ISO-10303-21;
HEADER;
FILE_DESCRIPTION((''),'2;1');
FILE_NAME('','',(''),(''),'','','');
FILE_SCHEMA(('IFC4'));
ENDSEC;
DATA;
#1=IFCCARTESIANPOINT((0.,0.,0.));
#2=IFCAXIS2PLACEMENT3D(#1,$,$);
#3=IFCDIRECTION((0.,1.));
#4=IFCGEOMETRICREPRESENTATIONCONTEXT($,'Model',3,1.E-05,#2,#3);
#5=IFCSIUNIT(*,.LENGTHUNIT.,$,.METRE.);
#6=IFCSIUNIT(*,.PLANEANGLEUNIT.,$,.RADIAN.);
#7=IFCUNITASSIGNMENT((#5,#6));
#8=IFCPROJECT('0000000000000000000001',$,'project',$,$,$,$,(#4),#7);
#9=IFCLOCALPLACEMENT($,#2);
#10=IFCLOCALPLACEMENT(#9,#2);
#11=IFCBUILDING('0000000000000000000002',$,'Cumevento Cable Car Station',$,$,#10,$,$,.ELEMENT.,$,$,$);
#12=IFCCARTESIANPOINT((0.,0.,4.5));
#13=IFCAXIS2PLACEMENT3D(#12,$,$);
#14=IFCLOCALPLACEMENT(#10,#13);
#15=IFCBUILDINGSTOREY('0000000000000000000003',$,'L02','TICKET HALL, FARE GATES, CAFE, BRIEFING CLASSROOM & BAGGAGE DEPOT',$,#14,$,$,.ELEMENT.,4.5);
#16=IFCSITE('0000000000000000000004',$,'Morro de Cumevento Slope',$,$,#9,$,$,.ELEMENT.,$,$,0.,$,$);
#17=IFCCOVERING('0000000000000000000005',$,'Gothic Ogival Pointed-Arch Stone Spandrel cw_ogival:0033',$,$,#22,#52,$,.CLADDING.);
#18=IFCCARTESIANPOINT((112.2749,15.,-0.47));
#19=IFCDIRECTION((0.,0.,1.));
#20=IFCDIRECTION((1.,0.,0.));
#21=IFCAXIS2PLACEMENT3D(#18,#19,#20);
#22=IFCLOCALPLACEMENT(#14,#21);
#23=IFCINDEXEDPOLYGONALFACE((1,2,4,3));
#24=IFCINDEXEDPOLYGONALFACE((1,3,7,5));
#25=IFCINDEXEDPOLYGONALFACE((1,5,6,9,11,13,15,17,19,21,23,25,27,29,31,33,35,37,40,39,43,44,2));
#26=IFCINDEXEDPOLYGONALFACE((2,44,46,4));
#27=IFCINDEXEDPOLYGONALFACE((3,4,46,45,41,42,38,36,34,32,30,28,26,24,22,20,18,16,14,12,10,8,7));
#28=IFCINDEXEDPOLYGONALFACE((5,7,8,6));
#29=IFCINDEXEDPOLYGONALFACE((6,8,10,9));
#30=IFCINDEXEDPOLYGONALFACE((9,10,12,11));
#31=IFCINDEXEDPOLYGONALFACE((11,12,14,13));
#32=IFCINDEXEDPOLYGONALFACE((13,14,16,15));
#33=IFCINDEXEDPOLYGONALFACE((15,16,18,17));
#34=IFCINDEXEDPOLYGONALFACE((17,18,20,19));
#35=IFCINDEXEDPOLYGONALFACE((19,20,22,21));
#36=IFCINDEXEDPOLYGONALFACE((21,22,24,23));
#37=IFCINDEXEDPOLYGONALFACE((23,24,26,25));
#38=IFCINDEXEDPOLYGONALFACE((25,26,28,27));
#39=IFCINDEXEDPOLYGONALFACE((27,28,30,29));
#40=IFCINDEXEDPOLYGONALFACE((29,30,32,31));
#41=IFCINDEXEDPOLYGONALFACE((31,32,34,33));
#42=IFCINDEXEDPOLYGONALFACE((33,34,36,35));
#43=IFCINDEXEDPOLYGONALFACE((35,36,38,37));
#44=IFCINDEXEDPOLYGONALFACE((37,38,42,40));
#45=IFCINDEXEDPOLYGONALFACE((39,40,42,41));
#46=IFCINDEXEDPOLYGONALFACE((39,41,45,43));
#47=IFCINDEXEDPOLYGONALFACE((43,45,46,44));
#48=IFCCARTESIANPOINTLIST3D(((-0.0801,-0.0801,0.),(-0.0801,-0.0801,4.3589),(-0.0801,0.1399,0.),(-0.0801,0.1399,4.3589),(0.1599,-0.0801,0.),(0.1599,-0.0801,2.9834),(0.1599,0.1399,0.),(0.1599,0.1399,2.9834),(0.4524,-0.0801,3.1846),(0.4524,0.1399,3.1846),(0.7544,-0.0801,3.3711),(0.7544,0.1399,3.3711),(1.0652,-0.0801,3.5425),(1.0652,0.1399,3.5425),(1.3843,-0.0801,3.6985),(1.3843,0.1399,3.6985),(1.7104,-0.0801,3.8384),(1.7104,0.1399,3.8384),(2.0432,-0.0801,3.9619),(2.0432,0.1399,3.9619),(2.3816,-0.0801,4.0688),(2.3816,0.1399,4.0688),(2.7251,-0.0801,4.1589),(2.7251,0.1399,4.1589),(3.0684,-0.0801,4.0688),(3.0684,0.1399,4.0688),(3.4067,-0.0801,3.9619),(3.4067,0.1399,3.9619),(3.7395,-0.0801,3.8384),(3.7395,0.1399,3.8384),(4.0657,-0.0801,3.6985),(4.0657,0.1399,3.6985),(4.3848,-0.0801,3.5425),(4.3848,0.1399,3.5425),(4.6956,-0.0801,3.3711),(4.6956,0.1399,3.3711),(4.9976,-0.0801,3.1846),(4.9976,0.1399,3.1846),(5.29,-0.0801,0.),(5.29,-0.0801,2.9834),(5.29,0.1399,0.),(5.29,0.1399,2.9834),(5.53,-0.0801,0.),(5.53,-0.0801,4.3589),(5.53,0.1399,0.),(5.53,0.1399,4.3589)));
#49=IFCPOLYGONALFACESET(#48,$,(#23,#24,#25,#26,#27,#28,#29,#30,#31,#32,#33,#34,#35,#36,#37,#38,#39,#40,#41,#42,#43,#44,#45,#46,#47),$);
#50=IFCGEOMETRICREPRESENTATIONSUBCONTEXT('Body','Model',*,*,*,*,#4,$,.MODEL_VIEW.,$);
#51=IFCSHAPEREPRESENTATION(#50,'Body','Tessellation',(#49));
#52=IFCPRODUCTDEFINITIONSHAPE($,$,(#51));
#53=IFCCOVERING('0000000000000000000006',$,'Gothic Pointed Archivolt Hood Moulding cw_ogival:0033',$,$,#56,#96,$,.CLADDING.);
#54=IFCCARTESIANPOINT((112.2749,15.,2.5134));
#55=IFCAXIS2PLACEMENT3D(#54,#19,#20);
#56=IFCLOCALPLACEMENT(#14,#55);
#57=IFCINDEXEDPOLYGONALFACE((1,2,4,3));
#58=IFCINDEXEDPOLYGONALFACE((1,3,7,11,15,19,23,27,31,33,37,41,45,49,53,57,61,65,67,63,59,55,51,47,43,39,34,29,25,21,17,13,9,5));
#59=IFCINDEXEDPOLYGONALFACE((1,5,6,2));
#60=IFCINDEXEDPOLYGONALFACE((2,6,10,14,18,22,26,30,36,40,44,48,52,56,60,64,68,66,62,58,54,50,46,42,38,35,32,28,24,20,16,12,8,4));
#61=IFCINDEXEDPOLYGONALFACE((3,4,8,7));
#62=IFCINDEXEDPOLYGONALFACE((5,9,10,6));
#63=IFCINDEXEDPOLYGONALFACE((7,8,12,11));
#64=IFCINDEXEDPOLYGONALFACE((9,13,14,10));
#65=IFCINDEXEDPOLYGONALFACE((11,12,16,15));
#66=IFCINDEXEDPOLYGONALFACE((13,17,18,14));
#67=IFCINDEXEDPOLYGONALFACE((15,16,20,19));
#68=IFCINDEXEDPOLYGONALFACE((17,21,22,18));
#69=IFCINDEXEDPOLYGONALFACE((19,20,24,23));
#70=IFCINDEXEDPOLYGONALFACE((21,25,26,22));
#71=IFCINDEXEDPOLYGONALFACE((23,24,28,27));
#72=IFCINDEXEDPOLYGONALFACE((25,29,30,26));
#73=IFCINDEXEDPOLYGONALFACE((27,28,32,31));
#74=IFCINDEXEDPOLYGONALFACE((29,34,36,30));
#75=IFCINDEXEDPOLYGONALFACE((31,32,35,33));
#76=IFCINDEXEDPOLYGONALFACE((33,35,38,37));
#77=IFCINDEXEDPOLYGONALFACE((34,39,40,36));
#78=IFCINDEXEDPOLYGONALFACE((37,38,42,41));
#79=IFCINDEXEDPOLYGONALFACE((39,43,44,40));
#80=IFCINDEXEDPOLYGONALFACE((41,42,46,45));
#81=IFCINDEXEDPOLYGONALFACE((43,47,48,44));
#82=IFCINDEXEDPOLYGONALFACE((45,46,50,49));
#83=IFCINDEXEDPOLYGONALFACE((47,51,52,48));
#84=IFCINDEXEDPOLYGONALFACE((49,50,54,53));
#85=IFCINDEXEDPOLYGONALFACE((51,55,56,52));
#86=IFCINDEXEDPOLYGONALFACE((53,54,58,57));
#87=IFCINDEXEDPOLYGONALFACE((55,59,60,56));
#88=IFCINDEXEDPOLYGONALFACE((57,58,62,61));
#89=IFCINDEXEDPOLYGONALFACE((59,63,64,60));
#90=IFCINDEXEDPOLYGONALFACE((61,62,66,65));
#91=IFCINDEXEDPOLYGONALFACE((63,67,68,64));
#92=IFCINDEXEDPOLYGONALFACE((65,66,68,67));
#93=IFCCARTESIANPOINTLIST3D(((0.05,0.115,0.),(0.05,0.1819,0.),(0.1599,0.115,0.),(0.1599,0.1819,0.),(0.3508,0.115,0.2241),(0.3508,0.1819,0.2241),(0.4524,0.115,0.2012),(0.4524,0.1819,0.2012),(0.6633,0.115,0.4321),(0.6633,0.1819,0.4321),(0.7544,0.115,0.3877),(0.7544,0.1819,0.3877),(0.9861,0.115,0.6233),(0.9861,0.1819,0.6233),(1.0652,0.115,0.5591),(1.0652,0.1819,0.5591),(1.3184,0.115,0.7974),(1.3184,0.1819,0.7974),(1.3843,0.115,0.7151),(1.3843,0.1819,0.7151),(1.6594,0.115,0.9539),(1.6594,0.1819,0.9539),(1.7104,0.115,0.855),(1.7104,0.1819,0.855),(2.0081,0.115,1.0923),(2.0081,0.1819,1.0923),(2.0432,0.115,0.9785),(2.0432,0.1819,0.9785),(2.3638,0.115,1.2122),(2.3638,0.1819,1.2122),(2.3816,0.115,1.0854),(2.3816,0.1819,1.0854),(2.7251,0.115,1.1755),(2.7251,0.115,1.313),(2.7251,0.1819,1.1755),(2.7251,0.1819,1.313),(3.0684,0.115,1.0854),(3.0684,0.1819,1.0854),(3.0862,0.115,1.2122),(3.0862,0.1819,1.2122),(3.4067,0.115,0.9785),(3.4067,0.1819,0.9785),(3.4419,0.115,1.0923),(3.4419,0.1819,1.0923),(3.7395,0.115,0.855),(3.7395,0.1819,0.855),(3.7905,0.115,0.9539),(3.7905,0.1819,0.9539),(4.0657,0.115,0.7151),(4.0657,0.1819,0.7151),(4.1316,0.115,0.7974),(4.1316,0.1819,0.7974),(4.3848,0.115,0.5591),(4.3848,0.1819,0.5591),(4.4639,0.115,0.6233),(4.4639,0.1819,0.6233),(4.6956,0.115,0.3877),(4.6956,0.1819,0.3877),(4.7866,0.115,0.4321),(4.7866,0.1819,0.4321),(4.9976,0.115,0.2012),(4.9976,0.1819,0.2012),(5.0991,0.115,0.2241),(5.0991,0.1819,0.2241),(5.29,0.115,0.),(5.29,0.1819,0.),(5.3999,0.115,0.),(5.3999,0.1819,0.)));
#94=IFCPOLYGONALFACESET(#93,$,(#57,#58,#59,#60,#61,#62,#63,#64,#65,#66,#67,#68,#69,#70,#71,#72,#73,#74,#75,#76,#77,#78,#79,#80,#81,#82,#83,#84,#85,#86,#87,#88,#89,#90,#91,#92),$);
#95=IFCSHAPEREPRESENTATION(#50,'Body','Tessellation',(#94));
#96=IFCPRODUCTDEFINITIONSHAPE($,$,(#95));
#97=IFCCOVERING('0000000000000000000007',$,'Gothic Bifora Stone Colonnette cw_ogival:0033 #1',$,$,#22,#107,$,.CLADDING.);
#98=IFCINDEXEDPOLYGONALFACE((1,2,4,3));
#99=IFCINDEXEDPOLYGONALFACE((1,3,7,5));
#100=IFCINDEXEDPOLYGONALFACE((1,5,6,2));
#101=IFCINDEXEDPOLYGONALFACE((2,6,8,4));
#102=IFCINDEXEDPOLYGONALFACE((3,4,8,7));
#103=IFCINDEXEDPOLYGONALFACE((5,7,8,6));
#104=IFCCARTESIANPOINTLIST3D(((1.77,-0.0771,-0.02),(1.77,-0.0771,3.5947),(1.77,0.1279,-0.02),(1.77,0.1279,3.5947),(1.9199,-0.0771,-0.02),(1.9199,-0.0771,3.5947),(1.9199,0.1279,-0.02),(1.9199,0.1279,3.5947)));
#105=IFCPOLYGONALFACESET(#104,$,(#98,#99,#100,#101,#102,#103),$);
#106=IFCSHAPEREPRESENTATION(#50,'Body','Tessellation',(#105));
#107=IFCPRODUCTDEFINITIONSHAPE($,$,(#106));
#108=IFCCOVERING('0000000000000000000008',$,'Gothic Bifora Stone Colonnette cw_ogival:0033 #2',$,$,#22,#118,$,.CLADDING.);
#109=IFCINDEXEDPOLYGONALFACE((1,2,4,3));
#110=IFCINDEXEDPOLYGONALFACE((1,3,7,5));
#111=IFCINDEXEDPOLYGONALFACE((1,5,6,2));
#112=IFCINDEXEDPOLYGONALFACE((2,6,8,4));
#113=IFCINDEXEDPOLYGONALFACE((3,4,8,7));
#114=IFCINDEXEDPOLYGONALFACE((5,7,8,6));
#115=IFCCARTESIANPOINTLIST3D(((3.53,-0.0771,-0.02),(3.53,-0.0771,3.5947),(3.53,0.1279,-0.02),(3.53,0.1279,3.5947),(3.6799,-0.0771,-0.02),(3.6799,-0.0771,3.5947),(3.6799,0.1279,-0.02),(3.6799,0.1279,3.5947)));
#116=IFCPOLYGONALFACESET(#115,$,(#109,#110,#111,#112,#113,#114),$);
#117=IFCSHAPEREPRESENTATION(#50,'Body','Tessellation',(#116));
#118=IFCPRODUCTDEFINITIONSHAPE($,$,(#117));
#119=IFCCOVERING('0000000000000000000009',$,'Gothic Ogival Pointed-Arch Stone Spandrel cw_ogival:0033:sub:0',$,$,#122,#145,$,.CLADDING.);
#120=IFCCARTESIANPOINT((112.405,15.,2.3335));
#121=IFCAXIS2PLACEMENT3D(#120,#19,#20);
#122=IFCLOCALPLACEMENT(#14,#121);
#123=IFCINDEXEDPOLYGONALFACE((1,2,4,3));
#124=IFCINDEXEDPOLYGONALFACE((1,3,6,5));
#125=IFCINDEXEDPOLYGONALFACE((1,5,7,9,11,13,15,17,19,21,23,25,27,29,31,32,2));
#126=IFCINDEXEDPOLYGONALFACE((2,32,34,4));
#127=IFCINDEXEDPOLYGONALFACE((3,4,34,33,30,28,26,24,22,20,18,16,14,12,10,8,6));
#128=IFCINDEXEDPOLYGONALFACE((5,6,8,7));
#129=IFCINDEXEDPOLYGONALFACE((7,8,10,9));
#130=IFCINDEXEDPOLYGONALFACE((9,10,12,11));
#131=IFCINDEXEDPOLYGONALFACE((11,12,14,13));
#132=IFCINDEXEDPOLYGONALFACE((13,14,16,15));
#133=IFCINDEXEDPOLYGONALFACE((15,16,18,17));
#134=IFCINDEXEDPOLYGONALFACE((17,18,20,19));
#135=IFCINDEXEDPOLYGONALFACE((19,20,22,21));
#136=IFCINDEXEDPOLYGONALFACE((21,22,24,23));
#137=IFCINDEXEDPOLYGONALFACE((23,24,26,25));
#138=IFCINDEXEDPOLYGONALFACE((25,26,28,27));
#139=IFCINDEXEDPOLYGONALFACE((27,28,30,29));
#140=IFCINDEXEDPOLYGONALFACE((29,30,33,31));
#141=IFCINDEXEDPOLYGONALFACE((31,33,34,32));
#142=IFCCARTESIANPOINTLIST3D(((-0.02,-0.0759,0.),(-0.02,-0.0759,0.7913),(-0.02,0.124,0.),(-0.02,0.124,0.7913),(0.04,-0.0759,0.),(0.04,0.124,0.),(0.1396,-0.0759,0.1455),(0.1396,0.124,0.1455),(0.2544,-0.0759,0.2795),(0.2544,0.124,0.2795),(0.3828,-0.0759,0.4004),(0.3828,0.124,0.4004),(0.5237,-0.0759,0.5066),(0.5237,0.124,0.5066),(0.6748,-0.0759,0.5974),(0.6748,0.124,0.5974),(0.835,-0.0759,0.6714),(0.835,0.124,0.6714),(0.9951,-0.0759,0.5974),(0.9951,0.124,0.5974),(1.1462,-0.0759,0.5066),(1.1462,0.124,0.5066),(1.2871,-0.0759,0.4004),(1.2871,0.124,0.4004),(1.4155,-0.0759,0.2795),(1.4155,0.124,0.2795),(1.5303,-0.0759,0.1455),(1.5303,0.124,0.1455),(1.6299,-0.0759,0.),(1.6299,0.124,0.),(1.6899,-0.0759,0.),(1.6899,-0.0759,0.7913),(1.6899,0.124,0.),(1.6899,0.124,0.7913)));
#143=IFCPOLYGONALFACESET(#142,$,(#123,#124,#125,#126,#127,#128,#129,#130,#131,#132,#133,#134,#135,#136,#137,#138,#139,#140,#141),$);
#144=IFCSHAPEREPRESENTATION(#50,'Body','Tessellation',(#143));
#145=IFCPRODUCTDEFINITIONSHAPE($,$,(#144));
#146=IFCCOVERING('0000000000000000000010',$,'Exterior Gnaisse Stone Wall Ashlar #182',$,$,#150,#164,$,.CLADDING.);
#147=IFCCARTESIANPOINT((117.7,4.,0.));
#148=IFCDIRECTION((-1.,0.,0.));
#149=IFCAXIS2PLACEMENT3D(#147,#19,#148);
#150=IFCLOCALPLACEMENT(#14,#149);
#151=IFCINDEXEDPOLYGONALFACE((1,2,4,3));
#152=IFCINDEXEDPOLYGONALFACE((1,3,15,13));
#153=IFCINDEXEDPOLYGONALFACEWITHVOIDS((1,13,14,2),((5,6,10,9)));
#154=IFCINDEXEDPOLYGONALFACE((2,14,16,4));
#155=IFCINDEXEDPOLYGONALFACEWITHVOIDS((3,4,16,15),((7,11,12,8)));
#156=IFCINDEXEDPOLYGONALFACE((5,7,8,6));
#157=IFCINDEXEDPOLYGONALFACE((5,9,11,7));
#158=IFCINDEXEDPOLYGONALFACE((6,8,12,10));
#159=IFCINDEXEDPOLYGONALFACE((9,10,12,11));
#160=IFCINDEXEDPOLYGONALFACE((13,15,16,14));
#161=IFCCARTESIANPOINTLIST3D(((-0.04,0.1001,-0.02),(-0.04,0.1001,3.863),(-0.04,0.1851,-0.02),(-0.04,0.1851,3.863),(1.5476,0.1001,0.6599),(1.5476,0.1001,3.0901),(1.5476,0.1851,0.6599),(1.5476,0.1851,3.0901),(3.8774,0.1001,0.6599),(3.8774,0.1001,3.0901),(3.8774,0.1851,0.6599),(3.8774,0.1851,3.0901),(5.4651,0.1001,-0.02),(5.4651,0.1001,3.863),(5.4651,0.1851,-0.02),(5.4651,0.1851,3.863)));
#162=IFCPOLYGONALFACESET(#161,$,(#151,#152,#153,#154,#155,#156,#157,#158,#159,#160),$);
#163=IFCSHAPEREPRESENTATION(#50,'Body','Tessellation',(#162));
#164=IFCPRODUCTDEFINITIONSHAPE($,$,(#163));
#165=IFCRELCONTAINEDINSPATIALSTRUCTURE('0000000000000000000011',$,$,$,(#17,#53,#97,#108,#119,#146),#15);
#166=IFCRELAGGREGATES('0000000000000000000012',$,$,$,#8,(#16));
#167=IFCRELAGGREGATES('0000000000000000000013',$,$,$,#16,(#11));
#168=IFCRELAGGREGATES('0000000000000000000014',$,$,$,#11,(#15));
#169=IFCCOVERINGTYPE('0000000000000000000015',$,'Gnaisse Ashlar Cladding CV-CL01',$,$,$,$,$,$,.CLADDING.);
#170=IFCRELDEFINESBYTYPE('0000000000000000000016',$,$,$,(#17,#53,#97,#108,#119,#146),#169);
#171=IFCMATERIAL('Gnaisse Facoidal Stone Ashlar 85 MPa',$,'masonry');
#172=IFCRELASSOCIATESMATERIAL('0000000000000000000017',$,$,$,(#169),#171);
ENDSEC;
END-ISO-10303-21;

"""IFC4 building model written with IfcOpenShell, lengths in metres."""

from ifc_helpers import new_model, si_unit, direction, frame, origin, place, context, subcontext, project, spatial, polyline, outline, extrude, material, type_object, element, save


model = new_model("IFC4")

# Units and contexts
model_context = context("Model", 3, precision=1e-05, world=origin(), true_north=direction((0.0, 1.0)))
body_context = subcontext(model_context, "Body", "Model", "MODEL_VIEW")
ifc_project = project(units=[si_unit("LENGTHUNIT", "METRE"), si_unit("PLANEANGLEUNIT", "RADIAN")], contexts=[model_context])

# Site, building, storey
site_placement = place(None, origin())
site = spatial("IfcSite", under=ifc_project, at=site_placement, Name="Morro de Cumevento Slope", CompositionType="ELEMENT", RefElevation=0.0)
building_placement = place(site_placement, origin())
building = spatial("IfcBuilding", under=site, at=building_placement, Name="Cumevento Cable Car Station", CompositionType="ELEMENT")
storey_placement = place(building_placement, frame((0.0, 0.0, 4.5)))
storey = spatial("IfcBuildingStorey", under=building, at=storey_placement, Name="L02", Description="TICKET HALL, FARE GATES, CAFE, BRIEFING CLASSROOM & BAGGAGE DEPOT", CompositionType="ELEMENT", Elevation=4.5)

# Coverings
ifc_material_1 = material(Name="Gnaisse Facoidal Stone Ashlar 85 MPa", Category="masonry")
covering_type = type_object("IfcCoveringType", Name="Gnaisse Ashlar Cladding CV-CL01", PredefinedType="CLADDING", material=ifc_material_1)
placement = place(storey_placement, frame((112.2749, 15.0, -0.47), z_axis=(0.0, 0.0, 1.0), x_axis=(1.0, 0.0, 0.0)))
element("IfcCovering", 1, at=placement, inside=storey, type_object=covering_type, Name="Gothic Ogival Pointed-Arch Stone Spandrel cw_ogival:0033", PredefinedType="CLADDING", context=body_context, shape_type="SweptSolid", body=[
    extrude(outline(polyline([(-0.0801, 0.0), (-0.0801, 4.3589), (5.53, 4.3589), (5.53, 0.0), (5.29, 0.0), (5.29, 2.9834), (4.9976, 3.1846), (4.6956, 3.3711), (4.3848, 3.5425), (4.0657, 3.6985), (3.7395, 3.8384), (3.4067, 3.9619), (3.0684, 4.0688), (2.7251, 4.1589), (2.3816, 4.0688), (2.0432, 3.9619), (1.7104, 3.8384), (1.3843, 3.6985), (1.0652, 3.5425), (0.7544, 3.3711), (0.4524, 3.1846), (0.1599, 2.9834), (0.1599, 0.0), (-0.0801, 0.0)])), frame((0.0, 0.1399, 0.0), z_axis=(0.0, -1.0, 0.0), x_axis=(1.0, 0.0, 0.0)), (0.0, 0.0, 1.0), 0.22),
])
covering_1_placement = place(storey_placement, frame((112.2749, 15.0, 2.5134), z_axis=(0.0, 0.0, 1.0), x_axis=(1.0, 0.0, 0.0)))
element("IfcCovering", 2, at=covering_1_placement, inside=storey, type_object=covering_type, Name="Gothic Pointed Archivolt Hood Moulding cw_ogival:0033", PredefinedType="CLADDING", context=body_context, shape_type="SweptSolid", body=[
    extrude(outline(polyline([(0.1599, 0.0), (0.4524, 0.2012), (0.7544, 0.3877), (1.0652, 0.5591), (1.3843, 0.7151), (1.7104, 0.855), (2.0432, 0.9785), (2.3816, 1.0854), (2.7251, 1.1755), (3.0684, 1.0854), (3.4067, 0.9785), (3.7395, 0.855), (4.0657, 0.7151), (4.3848, 0.5591), (4.6956, 0.3877), (4.9976, 0.2012), (5.29, 0.0), (5.3999, 0.0), (5.0991, 0.2241), (4.7866, 0.4321), (4.4639, 0.6233), (4.1316, 0.7974), (3.7905, 0.9539), (3.4419, 1.0923), (3.0862, 1.2122), (2.7251, 1.313), (2.3638, 1.2122), (2.0081, 1.0923), (1.6594, 0.9539), (1.3184, 0.7974), (0.9861, 0.6233), (0.6633, 0.4321), (0.3508, 0.2241), (0.05, 0.0), (0.1599, 0.0)])), frame((0.0, 0.1819, 0.0), z_axis=(0.0, -1.0, 0.0), x_axis=(1.0, 0.0, 0.0)), (0.0, 0.0, 1.0), 0.0669),
])
element("IfcCovering", 3, at=placement, inside=storey, type_object=covering_type, Name="Gothic Bifora Stone Colonnette cw_ogival:0033 #1", PredefinedType="CLADDING", context=body_context, shape_type="SweptSolid", body=[
    extrude(outline(polyline([(1.77, -0.02), (1.9199, -0.02), (1.9199, 3.5947), (1.77, 3.5947), (1.77, -0.02)])), frame((0.0, 0.1279, 0.0), z_axis=(0.0, -1.0, 0.0), x_axis=(1.0, 0.0, 0.0)), (0.0, 0.0, 1.0), 0.2051),
])
element("IfcCovering", 4, at=placement, inside=storey, type_object=covering_type, Name="Gothic Bifora Stone Colonnette cw_ogival:0033 #2", PredefinedType="CLADDING", context=body_context, shape_type="SweptSolid", body=[
    extrude(outline(polyline([(3.53, -0.02), (3.6799, -0.02), (3.6799, 3.5947), (3.53, 3.5947), (3.53, -0.02)])), frame((0.0, 0.1279, 0.0), z_axis=(0.0, -1.0, 0.0), x_axis=(1.0, 0.0, 0.0)), (0.0, 0.0, 1.0), 0.2051),
])
covering_2_placement = place(storey_placement, frame((112.405, 15.0, 2.3335), z_axis=(0.0, 0.0, 1.0), x_axis=(1.0, 0.0, 0.0)))
element("IfcCovering", 5, at=covering_2_placement, inside=storey, type_object=covering_type, Name="Gothic Ogival Pointed-Arch Stone Spandrel cw_ogival:0033:sub:0", PredefinedType="CLADDING", context=body_context, shape_type="SweptSolid", body=[
    extrude(outline(polyline([(-0.02, 0.0), (-0.02, 0.7913), (1.6899, 0.7913), (1.6899, 0.0), (1.6299, 0.0), (1.5303, 0.1455), (1.4155, 0.2795), (1.2871, 0.4004), (1.1462, 0.5066), (0.9951, 0.5974), (0.835, 0.6714), (0.6748, 0.5974), (0.5237, 0.5066), (0.3828, 0.4004), (0.2544, 0.2795), (0.1396, 0.1455), (0.04, 0.0), (-0.02, 0.0)])), frame((0.0, 0.124, 0.0), z_axis=(0.0, -1.0, 0.0), x_axis=(1.0, 0.0, 0.0)), (0.0, 0.0, 1.0), 0.2),
])
covering_3_placement = place(storey_placement, frame((117.7, 4.0, 0.0), z_axis=(0.0, 0.0, 1.0), x_axis=(-1.0, 0.0, 0.0)))
element("IfcCovering", 6, at=covering_3_placement, inside=storey, type_object=covering_type, Name="Exterior Gnaisse Stone Wall Ashlar #182", PredefinedType="CLADDING", context=body_context, shape_type="SweptSolid", body=[
    extrude(outline(polyline([(-0.04, -0.02), (5.4651, -0.02), (5.4651, 3.863), (-0.04, 3.863), (-0.04, -0.02)]), holes=[polyline([(1.5476, 0.6599), (3.8774, 0.6599), (3.8774, 3.0901), (1.5476, 3.0901), (1.5476, 0.6599)])]), frame((0.0, 0.1851, 0.0), z_axis=(0.0, -1.0, 0.0), x_axis=(1.0, 0.0, 0.0)), (0.0, 0.0, 1.0), 0.085),
])

save(model, "model.ifc")
